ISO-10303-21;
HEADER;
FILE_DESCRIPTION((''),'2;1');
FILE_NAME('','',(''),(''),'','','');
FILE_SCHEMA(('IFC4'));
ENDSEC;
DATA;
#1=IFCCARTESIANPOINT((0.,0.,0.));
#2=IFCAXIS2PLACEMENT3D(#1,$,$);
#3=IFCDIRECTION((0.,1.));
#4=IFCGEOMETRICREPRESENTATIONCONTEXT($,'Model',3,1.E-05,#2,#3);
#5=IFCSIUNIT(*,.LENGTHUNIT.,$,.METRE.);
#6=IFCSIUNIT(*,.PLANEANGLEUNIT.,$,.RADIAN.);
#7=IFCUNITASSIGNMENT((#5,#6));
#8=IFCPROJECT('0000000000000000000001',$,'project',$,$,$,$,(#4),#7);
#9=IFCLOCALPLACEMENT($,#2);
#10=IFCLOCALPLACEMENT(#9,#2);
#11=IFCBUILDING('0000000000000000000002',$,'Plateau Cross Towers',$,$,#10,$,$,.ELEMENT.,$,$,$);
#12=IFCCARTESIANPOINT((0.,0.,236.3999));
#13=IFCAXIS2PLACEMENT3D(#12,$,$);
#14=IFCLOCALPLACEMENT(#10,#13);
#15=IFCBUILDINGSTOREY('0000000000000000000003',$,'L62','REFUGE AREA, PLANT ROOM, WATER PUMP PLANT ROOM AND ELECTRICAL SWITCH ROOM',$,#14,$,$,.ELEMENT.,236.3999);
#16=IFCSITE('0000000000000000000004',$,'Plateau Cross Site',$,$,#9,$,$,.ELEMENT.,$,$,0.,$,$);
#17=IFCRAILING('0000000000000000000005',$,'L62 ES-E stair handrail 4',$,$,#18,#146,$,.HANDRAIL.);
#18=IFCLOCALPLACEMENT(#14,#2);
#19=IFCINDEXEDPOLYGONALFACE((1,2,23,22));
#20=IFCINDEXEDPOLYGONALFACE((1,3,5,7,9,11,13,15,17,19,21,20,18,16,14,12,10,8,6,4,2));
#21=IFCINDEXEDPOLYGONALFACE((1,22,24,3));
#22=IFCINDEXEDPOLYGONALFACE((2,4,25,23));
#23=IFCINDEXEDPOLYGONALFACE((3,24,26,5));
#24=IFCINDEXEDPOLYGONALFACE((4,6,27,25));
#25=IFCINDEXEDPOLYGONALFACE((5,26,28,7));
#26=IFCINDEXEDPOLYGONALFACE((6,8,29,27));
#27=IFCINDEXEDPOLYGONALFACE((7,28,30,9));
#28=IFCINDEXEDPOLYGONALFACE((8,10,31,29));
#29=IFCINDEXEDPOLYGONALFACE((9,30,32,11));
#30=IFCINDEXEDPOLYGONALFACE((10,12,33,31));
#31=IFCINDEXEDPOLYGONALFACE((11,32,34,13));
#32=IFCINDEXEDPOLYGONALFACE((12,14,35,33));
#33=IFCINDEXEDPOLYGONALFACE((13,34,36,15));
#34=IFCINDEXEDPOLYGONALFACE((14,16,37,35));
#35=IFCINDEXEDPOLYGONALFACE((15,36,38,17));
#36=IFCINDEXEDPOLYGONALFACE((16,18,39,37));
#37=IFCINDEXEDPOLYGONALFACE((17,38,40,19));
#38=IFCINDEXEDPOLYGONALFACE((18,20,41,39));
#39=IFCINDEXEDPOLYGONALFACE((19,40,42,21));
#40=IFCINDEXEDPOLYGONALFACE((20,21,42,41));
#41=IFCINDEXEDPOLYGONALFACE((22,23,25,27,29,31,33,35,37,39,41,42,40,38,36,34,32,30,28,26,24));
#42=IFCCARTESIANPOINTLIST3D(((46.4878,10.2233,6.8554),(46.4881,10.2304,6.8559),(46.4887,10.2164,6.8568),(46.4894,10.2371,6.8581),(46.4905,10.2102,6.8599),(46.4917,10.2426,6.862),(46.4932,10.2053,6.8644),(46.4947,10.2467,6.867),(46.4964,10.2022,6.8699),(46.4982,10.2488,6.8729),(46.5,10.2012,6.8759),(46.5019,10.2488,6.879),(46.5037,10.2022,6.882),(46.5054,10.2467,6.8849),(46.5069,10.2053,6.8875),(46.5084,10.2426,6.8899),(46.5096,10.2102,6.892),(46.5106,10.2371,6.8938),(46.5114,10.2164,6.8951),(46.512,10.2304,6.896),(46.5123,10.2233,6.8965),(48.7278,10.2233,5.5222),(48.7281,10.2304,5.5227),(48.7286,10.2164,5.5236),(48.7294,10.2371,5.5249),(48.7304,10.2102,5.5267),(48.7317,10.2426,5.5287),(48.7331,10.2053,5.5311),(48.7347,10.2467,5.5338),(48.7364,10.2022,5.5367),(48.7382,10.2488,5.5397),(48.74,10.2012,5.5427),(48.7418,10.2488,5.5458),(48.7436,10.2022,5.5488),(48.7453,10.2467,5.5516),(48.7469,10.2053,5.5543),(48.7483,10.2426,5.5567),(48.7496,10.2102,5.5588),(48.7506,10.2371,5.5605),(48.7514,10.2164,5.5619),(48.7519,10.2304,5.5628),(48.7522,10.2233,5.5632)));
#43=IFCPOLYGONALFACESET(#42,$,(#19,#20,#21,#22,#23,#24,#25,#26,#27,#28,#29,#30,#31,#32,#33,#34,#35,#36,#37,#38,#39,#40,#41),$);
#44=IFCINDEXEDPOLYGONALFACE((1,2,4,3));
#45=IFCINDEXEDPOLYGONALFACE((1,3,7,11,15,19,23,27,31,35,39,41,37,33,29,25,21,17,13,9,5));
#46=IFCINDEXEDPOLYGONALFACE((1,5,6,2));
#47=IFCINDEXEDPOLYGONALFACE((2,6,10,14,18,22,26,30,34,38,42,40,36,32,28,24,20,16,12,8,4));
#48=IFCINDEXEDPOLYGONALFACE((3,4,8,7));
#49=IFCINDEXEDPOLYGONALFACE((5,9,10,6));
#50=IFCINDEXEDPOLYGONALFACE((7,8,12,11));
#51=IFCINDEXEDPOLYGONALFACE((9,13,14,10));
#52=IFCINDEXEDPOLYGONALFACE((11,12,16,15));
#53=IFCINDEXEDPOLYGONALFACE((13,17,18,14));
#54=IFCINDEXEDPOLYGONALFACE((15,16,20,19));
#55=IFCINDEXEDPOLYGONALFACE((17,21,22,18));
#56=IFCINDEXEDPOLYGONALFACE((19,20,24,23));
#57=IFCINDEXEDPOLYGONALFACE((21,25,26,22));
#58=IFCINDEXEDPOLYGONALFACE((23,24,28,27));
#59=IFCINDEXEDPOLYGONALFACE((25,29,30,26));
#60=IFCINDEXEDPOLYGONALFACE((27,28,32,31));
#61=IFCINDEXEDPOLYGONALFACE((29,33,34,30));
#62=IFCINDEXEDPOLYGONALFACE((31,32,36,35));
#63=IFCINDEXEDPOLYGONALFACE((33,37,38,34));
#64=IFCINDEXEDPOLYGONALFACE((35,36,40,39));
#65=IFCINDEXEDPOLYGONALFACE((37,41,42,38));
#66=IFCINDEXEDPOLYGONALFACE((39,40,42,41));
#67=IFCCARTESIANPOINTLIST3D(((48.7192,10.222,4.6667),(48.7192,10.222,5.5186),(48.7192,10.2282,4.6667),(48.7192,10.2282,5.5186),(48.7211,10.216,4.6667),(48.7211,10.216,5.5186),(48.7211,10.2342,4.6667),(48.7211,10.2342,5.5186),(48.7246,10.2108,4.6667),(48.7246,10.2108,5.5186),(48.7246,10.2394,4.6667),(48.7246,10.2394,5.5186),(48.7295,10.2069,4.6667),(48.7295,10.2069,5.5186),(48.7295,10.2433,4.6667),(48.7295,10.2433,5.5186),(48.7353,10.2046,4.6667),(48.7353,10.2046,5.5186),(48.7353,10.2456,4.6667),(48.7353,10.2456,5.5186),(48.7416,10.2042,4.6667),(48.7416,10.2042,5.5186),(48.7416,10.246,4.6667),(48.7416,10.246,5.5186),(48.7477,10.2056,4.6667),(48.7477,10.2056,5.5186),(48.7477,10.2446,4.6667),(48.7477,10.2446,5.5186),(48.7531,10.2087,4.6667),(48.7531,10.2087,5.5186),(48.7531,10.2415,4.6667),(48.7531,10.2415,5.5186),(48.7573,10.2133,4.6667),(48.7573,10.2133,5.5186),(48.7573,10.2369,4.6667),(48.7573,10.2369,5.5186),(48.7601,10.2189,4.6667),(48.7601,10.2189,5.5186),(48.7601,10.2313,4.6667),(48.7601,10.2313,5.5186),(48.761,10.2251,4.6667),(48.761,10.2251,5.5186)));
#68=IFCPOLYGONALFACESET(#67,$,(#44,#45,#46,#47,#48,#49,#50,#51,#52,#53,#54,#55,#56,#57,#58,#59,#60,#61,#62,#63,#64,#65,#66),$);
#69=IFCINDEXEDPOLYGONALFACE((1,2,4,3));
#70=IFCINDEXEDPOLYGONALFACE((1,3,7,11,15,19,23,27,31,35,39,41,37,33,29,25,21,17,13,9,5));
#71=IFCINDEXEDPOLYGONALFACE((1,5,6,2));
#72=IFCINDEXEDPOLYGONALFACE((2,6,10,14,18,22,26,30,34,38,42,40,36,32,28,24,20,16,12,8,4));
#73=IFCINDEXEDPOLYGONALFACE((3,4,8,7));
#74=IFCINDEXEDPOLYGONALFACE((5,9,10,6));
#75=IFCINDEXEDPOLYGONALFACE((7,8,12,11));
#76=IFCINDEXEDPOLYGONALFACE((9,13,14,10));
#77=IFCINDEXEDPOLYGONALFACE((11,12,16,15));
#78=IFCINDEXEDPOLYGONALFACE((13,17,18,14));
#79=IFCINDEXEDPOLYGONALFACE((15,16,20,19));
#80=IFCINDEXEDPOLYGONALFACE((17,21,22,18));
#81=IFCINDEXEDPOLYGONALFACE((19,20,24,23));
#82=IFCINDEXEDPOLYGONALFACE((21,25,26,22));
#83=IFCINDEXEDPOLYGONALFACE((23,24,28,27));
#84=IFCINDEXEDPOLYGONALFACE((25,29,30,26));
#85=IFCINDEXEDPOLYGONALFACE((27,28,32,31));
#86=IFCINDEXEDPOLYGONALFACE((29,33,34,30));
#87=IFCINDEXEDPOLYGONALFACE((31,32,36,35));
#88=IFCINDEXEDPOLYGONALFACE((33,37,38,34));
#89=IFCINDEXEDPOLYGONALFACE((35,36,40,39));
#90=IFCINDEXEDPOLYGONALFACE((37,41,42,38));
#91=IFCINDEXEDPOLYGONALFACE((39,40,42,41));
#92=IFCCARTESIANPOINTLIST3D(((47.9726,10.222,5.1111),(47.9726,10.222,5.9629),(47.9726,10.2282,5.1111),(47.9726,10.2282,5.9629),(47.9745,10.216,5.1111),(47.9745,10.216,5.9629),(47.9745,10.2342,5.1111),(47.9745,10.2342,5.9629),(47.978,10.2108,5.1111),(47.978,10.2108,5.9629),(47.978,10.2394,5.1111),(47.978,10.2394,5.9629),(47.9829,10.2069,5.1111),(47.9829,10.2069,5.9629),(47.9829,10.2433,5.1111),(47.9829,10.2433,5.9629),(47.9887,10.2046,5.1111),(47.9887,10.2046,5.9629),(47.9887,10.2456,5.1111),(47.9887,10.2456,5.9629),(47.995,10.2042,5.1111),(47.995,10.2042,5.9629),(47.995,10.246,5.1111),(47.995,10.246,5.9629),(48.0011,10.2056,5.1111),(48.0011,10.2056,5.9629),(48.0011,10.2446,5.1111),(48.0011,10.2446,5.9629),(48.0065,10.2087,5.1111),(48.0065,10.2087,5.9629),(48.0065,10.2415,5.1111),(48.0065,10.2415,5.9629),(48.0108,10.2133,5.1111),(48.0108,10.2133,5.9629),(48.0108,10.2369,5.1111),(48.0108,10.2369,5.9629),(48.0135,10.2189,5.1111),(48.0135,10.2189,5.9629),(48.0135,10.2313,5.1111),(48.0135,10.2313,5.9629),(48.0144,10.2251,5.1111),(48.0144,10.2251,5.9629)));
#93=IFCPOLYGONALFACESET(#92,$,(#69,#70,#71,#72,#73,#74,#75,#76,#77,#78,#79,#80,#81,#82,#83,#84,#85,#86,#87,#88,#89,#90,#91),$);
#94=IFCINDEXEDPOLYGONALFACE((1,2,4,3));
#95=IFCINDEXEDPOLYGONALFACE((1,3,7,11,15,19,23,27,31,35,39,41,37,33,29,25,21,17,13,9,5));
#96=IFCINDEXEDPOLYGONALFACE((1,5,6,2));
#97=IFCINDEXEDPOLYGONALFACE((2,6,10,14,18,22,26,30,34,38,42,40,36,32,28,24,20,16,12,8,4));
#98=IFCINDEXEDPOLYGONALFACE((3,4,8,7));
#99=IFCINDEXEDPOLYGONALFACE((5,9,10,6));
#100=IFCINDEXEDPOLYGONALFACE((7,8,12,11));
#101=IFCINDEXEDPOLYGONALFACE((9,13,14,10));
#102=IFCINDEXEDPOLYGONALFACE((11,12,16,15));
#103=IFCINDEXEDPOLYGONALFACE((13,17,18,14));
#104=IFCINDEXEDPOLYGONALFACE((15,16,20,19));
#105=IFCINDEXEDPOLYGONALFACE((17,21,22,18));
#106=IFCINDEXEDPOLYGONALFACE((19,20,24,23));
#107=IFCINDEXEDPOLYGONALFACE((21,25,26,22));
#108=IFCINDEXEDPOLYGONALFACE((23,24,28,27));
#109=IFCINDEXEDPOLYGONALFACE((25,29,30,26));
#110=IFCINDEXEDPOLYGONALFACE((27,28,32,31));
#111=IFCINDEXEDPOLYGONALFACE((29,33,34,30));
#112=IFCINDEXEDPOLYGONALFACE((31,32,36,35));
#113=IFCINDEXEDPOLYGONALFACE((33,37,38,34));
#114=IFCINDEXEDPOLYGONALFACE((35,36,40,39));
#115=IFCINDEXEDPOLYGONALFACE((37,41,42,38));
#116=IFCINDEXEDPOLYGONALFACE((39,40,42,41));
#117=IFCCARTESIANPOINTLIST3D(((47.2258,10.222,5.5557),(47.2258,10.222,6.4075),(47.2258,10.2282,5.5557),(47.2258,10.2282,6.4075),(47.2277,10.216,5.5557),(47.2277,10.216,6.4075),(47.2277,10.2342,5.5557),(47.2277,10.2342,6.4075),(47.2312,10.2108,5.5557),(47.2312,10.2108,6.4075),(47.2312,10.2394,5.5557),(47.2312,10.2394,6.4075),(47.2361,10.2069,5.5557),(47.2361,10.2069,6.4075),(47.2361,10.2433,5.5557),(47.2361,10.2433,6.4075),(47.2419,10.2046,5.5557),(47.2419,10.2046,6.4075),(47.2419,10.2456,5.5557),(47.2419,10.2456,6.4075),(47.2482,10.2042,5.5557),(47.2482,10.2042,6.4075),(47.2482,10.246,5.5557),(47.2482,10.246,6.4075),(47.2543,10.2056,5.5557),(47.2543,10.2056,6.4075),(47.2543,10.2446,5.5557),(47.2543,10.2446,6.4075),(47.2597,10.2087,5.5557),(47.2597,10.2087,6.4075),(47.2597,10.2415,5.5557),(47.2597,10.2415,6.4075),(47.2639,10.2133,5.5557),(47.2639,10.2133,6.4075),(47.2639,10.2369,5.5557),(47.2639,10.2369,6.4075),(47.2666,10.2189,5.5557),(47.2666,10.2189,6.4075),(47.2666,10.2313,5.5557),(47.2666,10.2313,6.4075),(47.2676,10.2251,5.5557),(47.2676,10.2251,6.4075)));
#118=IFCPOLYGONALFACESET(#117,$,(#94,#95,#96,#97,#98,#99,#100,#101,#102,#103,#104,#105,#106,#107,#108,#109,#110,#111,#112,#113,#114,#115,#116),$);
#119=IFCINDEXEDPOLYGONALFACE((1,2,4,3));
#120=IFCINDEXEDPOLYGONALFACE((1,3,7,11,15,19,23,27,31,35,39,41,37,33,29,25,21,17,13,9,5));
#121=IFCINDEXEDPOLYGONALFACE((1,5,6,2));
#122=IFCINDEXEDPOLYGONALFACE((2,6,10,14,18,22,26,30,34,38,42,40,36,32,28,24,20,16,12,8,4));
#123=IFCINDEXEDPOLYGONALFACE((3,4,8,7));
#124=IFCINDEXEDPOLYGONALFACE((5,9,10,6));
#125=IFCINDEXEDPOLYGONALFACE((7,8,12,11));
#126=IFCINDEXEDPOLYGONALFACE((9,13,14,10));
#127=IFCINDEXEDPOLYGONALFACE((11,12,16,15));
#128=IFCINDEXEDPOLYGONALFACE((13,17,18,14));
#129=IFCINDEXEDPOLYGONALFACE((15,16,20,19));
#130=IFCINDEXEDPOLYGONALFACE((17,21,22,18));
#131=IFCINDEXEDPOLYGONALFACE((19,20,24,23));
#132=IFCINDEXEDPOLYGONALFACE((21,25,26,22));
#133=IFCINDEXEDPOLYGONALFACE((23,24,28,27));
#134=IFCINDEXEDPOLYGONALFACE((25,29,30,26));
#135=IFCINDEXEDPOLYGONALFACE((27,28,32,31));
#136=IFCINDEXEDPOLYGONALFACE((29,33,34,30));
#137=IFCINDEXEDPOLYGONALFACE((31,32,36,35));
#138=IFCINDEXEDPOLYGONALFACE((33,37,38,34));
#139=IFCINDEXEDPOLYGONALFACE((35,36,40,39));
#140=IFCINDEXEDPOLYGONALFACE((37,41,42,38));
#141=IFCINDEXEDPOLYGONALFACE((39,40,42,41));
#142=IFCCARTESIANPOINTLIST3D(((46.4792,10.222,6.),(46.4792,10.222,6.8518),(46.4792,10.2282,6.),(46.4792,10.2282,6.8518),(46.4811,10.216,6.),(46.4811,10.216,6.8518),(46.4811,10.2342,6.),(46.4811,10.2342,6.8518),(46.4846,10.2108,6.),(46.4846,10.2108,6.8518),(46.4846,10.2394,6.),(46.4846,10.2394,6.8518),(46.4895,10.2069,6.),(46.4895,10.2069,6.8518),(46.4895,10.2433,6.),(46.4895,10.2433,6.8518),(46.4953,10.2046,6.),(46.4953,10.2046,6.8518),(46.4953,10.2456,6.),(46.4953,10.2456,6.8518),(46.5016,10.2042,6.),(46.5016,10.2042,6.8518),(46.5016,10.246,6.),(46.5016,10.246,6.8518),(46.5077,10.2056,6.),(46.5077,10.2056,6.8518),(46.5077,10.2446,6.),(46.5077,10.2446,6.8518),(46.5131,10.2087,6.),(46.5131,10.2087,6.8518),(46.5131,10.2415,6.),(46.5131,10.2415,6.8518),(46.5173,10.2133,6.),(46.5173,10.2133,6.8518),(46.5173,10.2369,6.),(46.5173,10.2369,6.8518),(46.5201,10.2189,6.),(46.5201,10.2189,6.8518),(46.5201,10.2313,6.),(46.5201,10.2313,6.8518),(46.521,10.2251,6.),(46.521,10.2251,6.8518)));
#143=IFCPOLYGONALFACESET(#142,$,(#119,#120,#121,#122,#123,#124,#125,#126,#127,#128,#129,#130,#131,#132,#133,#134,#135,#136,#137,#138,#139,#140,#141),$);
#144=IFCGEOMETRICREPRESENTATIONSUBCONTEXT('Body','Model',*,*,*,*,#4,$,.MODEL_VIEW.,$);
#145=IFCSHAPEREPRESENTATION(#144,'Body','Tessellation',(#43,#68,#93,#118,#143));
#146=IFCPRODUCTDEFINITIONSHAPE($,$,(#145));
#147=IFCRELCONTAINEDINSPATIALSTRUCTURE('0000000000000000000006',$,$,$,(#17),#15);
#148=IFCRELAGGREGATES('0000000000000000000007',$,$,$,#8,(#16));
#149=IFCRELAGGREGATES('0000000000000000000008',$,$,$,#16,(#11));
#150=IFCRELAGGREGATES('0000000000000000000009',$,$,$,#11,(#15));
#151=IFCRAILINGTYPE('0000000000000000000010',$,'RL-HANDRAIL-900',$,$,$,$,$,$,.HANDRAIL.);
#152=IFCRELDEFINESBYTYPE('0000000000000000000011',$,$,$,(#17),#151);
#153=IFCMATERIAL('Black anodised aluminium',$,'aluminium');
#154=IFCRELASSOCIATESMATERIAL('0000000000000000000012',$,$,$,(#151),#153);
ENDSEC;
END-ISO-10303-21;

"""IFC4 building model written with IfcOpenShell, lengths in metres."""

from ifc_helpers import new_model, si_unit, direction, frame, origin, origin_2d, place, context, subcontext, project, spatial, circle, extrude, material, type_object, element, save


model = new_model("IFC4")

# Units and contexts
model_context = context("Model", 3, precision=1e-05, world=origin(), true_north=direction((0.0, 1.0)))
body_context = subcontext(model_context, "Body", "Model", "MODEL_VIEW")
ifc_project = project(units=[si_unit("LENGTHUNIT", "METRE"), si_unit("PLANEANGLEUNIT", "RADIAN")], contexts=[model_context])

# Site, building, storey
site_placement = place(None, origin())
site = spatial("IfcSite", under=ifc_project, at=site_placement, Name="Plateau Cross Site", CompositionType="ELEMENT", RefElevation=0.0)
building_placement = place(site_placement, origin())
building = spatial("IfcBuilding", under=site, at=building_placement, Name="Plateau Cross Towers", CompositionType="ELEMENT")
storey_placement = place(building_placement, frame((0.0, 0.0, 236.3999)))
storey = spatial("IfcBuildingStorey", under=building, at=storey_placement, Name="L62", Description="REFUGE AREA, PLANT ROOM, WATER PUMP PLANT ROOM AND ELECTRICAL SWITCH ROOM", CompositionType="ELEMENT", Elevation=236.3999)

# Shared definitions
ifc_material_1 = material(Name="Black anodised aluminium", Category="aluminium")

# Railing
railing_type_1 = type_object("IfcRailingType", Name="RL-HANDRAIL-900", PredefinedType="HANDRAIL", material=ifc_material_1)
for number, where, name in (
    (1, (48.74, 10.2251, 4.6667), "L62 ES-E stair handrail 4"),
):
    element("IfcRailing", number, at=place(storey_placement, frame(where)), inside=storey, type_object=railing_type_1, Name=name, PredefinedType="HANDRAIL", context=body_context, shape_type="SweptSolid", body=[
        extrude(circle(Radius=0.0239, at=origin_2d()), frame((0.0, 0.0, 0.876), z_axis=(-0.859306, 0.0, 0.511462), x_axis=(0.0, -1.0, 0.0)), (0.0, 0.0, 1.0), 2.6067),
        extrude(circle(Radius=0.021, at=origin_2d()), origin(), (0.0, 0.0, 1.0), 0.8518),
        extrude(circle(Radius=0.021, at=origin_2d()), frame((-0.7466, 0.0, 0.4443)), (0.0, 0.0, 1.0), 0.8518),
        extrude(circle(Radius=0.021, at=origin_2d()), frame((-1.4934, 0.0, 0.8889)), (0.0, 0.0, 1.0), 0.8518),
        extrude(circle(Radius=0.021, at=origin_2d()), frame((-2.24, 0.0, 1.3333)), (0.0, 0.0, 1.0), 0.8518),
    ])

save(model, "model.ifc")
